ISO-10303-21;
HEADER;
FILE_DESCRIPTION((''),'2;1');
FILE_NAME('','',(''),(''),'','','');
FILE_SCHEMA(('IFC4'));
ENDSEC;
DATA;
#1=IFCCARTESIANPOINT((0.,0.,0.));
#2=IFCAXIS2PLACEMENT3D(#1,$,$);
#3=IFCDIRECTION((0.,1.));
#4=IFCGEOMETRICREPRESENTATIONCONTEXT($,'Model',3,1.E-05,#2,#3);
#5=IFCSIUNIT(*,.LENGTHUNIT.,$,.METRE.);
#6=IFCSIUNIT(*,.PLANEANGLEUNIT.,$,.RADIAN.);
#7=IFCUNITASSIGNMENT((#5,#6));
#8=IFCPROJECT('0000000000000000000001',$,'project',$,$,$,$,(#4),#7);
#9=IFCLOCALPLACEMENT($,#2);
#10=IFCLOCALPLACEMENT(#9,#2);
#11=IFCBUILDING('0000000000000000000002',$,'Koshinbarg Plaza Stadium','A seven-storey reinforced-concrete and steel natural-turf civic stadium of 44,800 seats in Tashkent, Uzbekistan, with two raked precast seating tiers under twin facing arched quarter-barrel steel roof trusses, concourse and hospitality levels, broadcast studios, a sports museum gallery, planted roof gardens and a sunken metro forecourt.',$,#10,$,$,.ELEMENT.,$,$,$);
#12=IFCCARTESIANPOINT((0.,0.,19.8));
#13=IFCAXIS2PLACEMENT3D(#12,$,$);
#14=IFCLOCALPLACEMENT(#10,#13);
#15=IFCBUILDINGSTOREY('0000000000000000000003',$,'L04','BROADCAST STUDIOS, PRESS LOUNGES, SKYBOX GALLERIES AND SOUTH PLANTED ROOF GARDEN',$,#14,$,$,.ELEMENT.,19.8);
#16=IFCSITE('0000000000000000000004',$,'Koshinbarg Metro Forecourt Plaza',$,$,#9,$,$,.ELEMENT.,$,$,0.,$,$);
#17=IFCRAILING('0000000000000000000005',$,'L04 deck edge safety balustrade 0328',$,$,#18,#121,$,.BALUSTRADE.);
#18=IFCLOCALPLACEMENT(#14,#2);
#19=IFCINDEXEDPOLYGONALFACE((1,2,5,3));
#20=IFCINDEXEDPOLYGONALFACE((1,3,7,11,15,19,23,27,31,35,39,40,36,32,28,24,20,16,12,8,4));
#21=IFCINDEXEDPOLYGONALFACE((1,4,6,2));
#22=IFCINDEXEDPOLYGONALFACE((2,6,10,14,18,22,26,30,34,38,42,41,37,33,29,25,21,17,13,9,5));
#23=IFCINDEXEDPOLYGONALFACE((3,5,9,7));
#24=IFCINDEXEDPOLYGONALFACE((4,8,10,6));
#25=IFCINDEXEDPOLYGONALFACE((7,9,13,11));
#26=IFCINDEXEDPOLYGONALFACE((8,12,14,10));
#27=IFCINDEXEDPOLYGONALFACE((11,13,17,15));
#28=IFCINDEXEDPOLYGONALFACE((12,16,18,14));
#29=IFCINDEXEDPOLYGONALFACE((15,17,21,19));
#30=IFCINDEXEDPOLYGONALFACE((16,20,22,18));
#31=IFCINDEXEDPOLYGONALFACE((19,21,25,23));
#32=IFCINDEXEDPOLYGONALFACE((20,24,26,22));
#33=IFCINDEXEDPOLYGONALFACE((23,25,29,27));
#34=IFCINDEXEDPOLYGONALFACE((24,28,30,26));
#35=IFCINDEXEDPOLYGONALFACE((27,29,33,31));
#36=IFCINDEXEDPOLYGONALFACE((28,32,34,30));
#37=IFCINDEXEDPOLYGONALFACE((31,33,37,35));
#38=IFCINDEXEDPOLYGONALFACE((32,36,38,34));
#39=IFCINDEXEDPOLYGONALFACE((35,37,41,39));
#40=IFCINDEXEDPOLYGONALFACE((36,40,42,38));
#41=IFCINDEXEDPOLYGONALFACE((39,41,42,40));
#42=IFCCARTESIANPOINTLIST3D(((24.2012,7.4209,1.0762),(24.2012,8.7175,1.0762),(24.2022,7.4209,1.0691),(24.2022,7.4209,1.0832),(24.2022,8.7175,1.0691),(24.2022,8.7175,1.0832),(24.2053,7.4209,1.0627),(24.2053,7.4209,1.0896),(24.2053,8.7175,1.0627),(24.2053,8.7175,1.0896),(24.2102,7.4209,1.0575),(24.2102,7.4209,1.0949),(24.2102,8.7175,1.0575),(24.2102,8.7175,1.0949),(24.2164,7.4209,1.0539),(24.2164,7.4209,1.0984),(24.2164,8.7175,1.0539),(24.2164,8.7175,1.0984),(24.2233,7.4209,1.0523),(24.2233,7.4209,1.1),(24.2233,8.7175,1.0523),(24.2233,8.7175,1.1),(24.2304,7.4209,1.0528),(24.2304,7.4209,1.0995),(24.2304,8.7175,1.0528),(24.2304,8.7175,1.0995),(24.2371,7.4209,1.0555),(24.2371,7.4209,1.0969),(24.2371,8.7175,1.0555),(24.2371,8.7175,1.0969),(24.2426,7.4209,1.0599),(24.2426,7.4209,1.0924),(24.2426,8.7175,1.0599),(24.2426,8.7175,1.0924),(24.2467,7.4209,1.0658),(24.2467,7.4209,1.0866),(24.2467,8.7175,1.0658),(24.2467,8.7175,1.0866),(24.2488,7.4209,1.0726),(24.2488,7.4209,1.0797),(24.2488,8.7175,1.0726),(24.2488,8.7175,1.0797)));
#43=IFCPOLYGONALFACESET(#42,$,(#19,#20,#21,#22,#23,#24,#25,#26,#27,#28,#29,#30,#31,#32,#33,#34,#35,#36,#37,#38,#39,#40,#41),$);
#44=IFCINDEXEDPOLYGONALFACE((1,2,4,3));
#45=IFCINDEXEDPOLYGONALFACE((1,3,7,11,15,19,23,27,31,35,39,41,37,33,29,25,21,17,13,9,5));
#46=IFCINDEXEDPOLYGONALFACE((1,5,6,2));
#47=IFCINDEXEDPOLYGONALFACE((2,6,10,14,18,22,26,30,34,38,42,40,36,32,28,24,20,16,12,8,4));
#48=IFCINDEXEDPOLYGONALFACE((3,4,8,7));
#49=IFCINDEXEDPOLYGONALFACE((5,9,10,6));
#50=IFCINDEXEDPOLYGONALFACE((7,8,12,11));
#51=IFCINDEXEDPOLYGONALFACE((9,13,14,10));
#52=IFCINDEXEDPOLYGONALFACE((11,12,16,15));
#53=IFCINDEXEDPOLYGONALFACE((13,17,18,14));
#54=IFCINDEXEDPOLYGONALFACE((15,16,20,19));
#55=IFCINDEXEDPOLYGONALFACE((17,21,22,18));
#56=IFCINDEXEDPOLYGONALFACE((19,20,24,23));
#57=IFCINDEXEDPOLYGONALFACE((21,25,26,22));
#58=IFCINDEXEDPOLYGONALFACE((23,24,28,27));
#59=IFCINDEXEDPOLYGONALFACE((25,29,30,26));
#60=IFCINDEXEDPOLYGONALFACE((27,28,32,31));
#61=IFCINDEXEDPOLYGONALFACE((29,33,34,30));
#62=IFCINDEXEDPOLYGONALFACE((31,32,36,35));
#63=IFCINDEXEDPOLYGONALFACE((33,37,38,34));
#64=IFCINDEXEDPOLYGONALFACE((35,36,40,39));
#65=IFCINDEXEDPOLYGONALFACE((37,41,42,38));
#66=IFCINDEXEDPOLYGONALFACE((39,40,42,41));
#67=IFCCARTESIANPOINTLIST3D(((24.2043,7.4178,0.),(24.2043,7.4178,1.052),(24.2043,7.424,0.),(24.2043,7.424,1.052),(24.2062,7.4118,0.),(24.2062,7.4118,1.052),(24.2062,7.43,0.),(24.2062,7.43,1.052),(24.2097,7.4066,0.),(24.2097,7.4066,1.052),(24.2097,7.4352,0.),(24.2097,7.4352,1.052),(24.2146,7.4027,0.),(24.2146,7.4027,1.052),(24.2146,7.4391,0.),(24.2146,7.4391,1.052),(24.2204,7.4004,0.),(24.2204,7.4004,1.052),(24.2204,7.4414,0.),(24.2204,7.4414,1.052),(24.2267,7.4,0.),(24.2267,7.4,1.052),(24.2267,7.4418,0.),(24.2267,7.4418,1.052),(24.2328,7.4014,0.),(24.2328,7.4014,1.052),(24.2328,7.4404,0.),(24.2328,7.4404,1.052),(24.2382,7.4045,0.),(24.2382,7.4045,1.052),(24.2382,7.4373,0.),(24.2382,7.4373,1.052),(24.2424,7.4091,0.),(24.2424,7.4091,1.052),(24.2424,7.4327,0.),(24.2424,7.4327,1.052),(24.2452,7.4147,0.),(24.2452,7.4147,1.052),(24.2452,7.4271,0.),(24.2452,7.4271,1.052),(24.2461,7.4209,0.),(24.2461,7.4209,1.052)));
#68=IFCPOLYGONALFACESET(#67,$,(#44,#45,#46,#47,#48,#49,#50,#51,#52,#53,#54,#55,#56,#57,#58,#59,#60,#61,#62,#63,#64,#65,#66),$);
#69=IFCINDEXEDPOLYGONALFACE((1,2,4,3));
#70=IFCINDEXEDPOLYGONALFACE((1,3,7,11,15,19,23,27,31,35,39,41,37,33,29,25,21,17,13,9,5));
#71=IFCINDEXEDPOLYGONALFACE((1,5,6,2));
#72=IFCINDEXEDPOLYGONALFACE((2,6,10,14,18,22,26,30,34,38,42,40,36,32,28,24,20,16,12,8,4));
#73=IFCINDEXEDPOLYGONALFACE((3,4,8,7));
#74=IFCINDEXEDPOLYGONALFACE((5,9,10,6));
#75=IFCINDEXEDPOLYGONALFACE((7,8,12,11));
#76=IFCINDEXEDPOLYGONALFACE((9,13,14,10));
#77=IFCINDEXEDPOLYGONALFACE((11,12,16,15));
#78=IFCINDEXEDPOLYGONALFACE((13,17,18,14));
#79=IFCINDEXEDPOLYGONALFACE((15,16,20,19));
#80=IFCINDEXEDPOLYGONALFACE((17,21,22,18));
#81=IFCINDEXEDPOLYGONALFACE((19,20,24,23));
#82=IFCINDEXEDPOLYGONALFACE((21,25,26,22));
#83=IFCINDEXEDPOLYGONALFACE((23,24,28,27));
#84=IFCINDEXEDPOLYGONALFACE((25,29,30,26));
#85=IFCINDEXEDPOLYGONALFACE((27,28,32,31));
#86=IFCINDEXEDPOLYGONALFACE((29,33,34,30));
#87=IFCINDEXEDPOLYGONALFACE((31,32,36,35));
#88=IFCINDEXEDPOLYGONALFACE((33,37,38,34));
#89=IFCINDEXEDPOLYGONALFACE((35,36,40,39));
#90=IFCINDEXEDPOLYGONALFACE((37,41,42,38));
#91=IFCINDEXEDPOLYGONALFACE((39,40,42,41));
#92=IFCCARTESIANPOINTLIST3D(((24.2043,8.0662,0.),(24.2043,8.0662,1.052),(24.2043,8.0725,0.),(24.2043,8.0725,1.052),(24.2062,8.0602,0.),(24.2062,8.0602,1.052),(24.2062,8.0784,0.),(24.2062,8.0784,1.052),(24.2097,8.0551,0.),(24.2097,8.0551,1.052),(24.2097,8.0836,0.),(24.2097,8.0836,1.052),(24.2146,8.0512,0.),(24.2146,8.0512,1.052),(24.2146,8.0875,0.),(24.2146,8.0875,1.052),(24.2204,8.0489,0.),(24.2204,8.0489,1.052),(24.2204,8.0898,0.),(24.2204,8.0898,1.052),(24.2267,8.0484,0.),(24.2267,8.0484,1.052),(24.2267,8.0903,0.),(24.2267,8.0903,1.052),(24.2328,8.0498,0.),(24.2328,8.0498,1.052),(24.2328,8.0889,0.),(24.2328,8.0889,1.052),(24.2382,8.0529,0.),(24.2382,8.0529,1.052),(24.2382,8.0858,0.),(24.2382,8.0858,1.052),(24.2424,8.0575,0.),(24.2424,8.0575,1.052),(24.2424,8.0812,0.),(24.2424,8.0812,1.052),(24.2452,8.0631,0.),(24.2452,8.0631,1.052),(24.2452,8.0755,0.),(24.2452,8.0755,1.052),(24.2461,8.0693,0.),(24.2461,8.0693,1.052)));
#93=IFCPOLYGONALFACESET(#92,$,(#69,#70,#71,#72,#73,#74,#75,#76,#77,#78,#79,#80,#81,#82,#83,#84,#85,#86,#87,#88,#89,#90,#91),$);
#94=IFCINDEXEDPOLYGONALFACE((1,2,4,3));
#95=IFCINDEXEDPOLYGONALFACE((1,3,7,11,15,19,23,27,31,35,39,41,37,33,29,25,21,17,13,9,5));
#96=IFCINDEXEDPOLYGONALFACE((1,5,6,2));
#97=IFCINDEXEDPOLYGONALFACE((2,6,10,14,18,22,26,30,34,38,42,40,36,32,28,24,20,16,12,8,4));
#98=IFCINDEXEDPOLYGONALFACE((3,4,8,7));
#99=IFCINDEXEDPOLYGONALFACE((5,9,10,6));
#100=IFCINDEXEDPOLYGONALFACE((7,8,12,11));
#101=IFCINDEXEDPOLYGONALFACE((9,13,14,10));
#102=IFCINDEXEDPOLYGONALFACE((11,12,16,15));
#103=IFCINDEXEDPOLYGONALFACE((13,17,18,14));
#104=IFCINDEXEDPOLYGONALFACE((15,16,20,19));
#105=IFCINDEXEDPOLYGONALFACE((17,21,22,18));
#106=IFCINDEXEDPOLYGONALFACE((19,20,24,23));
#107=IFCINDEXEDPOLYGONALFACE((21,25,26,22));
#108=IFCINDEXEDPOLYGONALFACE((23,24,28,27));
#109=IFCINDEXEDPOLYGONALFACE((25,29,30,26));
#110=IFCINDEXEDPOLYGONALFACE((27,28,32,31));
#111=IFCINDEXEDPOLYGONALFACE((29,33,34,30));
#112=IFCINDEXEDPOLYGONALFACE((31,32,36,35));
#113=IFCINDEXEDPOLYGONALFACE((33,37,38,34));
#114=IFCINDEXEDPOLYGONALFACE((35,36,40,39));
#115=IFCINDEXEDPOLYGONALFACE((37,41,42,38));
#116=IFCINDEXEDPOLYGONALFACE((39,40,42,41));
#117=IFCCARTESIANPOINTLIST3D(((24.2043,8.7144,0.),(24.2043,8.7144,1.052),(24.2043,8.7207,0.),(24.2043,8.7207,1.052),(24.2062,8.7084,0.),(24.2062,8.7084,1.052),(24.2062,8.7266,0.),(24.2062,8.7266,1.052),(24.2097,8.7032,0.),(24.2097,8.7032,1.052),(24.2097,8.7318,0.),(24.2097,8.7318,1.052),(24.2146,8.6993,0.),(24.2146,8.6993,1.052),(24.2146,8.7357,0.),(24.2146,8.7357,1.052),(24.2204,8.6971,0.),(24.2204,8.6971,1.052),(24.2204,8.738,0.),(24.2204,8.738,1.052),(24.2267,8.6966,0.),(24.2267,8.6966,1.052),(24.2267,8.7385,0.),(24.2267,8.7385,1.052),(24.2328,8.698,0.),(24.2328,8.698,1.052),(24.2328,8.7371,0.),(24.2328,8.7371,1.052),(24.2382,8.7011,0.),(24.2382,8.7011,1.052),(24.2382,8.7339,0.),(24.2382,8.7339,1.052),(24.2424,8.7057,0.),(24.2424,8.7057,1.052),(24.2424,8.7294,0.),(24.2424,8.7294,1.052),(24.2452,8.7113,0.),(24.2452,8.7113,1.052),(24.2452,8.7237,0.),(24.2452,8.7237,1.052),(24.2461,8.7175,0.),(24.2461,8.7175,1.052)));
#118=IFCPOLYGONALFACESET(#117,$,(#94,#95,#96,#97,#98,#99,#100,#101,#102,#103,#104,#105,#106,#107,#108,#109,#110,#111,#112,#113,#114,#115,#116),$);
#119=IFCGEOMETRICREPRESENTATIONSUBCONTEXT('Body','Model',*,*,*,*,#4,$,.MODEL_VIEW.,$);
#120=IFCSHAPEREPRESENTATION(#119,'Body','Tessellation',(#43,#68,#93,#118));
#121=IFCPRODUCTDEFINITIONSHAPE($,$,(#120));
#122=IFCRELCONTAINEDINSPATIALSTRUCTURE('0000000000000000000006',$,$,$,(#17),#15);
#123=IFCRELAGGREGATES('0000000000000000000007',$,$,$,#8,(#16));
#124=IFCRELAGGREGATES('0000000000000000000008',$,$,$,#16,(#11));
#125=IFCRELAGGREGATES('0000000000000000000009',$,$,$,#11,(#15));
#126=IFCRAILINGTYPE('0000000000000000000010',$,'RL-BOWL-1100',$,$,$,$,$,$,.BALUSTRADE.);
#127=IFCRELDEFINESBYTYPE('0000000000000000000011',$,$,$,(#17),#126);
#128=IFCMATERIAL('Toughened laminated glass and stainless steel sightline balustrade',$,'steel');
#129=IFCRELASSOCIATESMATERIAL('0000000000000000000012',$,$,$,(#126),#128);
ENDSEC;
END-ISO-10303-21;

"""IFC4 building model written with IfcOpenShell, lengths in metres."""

from ifc_helpers import new_model, si_unit, direction, frame, origin, origin_2d, place, context, subcontext, project, spatial, circle, extrude, material, type_object, element, save


model = new_model("IFC4")

# Units and contexts
model_context = context("Model", 3, precision=1e-05, world=origin(), true_north=direction((0.0, 1.0)))
body_context = subcontext(model_context, "Body", "Model", "MODEL_VIEW")
ifc_project = project(units=[si_unit("LENGTHUNIT", "METRE"), si_unit("PLANEANGLEUNIT", "RADIAN")], contexts=[model_context])

# Site, building, storey
site_placement = place(None, origin())
site = spatial("IfcSite", under=ifc_project, at=site_placement, Name="Koshinbarg Metro Forecourt Plaza", CompositionType="ELEMENT", RefElevation=0.0)
building_placement = place(site_placement, origin())
building = spatial("IfcBuilding", under=site, at=building_placement, Name="Koshinbarg Plaza Stadium", Description="A seven-storey reinforced-concrete and steel natural-turf civic stadium of 44,800 seats in Tashkent, Uzbekistan, with two raked precast seating tiers under twin facing arched quarter-barrel steel roof trusses, concourse and hospitality levels, broadcast studios, a sports museum gallery, planted roof gardens and a sunken metro forecourt.", CompositionType="ELEMENT")
storey_placement = place(building_placement, frame((0.0, 0.0, 19.8)))
storey = spatial("IfcBuildingStorey", under=building, at=storey_placement, Name="L04", Description="BROADCAST STUDIOS, PRESS LOUNGES, SKYBOX GALLERIES AND SOUTH PLANTED ROOF GARDEN", CompositionType="ELEMENT", Elevation=19.8)

# Railing
ifc_material_1 = material(Name="Toughened laminated glass and stainless steel sightline balustrade", Category="steel")
railing_type = type_object("IfcRailingType", Name="RL-BOWL-1100", PredefinedType="BALUSTRADE", material=ifc_material_1)
railing_1_placement = place(storey_placement, frame((24.2251, 7.4209, 0.0)))
element("IfcRailing", 1, at=railing_1_placement, inside=storey, type_object=railing_type, Name="L04 deck edge safety balustrade 0328", PredefinedType="BALUSTRADE", context=body_context, shape_type="SweptSolid", body=[
    extrude(circle(Radius=0.0239, at=origin_2d()), frame((0.0, 0.0, 1.0762), z_axis=(0.0, 1.0, 0.0), x_axis=(-1.0, 0.0, 0.0)), (0.0, 0.0, 1.0), 1.2966),
    extrude(circle(Radius=0.021, at=origin_2d()), origin(), (0.0, 0.0, 1.0), 1.052),
    extrude(circle(Radius=0.021, at=origin_2d()), frame((0.0, 0.6484, 0.0)), (0.0, 0.0, 1.0), 1.052),
    extrude(circle(Radius=0.021, at=origin_2d()), frame((0.0, 1.2966, 0.0)), (0.0, 0.0, 1.0), 1.052),
])

save(model, "model.ifc")
